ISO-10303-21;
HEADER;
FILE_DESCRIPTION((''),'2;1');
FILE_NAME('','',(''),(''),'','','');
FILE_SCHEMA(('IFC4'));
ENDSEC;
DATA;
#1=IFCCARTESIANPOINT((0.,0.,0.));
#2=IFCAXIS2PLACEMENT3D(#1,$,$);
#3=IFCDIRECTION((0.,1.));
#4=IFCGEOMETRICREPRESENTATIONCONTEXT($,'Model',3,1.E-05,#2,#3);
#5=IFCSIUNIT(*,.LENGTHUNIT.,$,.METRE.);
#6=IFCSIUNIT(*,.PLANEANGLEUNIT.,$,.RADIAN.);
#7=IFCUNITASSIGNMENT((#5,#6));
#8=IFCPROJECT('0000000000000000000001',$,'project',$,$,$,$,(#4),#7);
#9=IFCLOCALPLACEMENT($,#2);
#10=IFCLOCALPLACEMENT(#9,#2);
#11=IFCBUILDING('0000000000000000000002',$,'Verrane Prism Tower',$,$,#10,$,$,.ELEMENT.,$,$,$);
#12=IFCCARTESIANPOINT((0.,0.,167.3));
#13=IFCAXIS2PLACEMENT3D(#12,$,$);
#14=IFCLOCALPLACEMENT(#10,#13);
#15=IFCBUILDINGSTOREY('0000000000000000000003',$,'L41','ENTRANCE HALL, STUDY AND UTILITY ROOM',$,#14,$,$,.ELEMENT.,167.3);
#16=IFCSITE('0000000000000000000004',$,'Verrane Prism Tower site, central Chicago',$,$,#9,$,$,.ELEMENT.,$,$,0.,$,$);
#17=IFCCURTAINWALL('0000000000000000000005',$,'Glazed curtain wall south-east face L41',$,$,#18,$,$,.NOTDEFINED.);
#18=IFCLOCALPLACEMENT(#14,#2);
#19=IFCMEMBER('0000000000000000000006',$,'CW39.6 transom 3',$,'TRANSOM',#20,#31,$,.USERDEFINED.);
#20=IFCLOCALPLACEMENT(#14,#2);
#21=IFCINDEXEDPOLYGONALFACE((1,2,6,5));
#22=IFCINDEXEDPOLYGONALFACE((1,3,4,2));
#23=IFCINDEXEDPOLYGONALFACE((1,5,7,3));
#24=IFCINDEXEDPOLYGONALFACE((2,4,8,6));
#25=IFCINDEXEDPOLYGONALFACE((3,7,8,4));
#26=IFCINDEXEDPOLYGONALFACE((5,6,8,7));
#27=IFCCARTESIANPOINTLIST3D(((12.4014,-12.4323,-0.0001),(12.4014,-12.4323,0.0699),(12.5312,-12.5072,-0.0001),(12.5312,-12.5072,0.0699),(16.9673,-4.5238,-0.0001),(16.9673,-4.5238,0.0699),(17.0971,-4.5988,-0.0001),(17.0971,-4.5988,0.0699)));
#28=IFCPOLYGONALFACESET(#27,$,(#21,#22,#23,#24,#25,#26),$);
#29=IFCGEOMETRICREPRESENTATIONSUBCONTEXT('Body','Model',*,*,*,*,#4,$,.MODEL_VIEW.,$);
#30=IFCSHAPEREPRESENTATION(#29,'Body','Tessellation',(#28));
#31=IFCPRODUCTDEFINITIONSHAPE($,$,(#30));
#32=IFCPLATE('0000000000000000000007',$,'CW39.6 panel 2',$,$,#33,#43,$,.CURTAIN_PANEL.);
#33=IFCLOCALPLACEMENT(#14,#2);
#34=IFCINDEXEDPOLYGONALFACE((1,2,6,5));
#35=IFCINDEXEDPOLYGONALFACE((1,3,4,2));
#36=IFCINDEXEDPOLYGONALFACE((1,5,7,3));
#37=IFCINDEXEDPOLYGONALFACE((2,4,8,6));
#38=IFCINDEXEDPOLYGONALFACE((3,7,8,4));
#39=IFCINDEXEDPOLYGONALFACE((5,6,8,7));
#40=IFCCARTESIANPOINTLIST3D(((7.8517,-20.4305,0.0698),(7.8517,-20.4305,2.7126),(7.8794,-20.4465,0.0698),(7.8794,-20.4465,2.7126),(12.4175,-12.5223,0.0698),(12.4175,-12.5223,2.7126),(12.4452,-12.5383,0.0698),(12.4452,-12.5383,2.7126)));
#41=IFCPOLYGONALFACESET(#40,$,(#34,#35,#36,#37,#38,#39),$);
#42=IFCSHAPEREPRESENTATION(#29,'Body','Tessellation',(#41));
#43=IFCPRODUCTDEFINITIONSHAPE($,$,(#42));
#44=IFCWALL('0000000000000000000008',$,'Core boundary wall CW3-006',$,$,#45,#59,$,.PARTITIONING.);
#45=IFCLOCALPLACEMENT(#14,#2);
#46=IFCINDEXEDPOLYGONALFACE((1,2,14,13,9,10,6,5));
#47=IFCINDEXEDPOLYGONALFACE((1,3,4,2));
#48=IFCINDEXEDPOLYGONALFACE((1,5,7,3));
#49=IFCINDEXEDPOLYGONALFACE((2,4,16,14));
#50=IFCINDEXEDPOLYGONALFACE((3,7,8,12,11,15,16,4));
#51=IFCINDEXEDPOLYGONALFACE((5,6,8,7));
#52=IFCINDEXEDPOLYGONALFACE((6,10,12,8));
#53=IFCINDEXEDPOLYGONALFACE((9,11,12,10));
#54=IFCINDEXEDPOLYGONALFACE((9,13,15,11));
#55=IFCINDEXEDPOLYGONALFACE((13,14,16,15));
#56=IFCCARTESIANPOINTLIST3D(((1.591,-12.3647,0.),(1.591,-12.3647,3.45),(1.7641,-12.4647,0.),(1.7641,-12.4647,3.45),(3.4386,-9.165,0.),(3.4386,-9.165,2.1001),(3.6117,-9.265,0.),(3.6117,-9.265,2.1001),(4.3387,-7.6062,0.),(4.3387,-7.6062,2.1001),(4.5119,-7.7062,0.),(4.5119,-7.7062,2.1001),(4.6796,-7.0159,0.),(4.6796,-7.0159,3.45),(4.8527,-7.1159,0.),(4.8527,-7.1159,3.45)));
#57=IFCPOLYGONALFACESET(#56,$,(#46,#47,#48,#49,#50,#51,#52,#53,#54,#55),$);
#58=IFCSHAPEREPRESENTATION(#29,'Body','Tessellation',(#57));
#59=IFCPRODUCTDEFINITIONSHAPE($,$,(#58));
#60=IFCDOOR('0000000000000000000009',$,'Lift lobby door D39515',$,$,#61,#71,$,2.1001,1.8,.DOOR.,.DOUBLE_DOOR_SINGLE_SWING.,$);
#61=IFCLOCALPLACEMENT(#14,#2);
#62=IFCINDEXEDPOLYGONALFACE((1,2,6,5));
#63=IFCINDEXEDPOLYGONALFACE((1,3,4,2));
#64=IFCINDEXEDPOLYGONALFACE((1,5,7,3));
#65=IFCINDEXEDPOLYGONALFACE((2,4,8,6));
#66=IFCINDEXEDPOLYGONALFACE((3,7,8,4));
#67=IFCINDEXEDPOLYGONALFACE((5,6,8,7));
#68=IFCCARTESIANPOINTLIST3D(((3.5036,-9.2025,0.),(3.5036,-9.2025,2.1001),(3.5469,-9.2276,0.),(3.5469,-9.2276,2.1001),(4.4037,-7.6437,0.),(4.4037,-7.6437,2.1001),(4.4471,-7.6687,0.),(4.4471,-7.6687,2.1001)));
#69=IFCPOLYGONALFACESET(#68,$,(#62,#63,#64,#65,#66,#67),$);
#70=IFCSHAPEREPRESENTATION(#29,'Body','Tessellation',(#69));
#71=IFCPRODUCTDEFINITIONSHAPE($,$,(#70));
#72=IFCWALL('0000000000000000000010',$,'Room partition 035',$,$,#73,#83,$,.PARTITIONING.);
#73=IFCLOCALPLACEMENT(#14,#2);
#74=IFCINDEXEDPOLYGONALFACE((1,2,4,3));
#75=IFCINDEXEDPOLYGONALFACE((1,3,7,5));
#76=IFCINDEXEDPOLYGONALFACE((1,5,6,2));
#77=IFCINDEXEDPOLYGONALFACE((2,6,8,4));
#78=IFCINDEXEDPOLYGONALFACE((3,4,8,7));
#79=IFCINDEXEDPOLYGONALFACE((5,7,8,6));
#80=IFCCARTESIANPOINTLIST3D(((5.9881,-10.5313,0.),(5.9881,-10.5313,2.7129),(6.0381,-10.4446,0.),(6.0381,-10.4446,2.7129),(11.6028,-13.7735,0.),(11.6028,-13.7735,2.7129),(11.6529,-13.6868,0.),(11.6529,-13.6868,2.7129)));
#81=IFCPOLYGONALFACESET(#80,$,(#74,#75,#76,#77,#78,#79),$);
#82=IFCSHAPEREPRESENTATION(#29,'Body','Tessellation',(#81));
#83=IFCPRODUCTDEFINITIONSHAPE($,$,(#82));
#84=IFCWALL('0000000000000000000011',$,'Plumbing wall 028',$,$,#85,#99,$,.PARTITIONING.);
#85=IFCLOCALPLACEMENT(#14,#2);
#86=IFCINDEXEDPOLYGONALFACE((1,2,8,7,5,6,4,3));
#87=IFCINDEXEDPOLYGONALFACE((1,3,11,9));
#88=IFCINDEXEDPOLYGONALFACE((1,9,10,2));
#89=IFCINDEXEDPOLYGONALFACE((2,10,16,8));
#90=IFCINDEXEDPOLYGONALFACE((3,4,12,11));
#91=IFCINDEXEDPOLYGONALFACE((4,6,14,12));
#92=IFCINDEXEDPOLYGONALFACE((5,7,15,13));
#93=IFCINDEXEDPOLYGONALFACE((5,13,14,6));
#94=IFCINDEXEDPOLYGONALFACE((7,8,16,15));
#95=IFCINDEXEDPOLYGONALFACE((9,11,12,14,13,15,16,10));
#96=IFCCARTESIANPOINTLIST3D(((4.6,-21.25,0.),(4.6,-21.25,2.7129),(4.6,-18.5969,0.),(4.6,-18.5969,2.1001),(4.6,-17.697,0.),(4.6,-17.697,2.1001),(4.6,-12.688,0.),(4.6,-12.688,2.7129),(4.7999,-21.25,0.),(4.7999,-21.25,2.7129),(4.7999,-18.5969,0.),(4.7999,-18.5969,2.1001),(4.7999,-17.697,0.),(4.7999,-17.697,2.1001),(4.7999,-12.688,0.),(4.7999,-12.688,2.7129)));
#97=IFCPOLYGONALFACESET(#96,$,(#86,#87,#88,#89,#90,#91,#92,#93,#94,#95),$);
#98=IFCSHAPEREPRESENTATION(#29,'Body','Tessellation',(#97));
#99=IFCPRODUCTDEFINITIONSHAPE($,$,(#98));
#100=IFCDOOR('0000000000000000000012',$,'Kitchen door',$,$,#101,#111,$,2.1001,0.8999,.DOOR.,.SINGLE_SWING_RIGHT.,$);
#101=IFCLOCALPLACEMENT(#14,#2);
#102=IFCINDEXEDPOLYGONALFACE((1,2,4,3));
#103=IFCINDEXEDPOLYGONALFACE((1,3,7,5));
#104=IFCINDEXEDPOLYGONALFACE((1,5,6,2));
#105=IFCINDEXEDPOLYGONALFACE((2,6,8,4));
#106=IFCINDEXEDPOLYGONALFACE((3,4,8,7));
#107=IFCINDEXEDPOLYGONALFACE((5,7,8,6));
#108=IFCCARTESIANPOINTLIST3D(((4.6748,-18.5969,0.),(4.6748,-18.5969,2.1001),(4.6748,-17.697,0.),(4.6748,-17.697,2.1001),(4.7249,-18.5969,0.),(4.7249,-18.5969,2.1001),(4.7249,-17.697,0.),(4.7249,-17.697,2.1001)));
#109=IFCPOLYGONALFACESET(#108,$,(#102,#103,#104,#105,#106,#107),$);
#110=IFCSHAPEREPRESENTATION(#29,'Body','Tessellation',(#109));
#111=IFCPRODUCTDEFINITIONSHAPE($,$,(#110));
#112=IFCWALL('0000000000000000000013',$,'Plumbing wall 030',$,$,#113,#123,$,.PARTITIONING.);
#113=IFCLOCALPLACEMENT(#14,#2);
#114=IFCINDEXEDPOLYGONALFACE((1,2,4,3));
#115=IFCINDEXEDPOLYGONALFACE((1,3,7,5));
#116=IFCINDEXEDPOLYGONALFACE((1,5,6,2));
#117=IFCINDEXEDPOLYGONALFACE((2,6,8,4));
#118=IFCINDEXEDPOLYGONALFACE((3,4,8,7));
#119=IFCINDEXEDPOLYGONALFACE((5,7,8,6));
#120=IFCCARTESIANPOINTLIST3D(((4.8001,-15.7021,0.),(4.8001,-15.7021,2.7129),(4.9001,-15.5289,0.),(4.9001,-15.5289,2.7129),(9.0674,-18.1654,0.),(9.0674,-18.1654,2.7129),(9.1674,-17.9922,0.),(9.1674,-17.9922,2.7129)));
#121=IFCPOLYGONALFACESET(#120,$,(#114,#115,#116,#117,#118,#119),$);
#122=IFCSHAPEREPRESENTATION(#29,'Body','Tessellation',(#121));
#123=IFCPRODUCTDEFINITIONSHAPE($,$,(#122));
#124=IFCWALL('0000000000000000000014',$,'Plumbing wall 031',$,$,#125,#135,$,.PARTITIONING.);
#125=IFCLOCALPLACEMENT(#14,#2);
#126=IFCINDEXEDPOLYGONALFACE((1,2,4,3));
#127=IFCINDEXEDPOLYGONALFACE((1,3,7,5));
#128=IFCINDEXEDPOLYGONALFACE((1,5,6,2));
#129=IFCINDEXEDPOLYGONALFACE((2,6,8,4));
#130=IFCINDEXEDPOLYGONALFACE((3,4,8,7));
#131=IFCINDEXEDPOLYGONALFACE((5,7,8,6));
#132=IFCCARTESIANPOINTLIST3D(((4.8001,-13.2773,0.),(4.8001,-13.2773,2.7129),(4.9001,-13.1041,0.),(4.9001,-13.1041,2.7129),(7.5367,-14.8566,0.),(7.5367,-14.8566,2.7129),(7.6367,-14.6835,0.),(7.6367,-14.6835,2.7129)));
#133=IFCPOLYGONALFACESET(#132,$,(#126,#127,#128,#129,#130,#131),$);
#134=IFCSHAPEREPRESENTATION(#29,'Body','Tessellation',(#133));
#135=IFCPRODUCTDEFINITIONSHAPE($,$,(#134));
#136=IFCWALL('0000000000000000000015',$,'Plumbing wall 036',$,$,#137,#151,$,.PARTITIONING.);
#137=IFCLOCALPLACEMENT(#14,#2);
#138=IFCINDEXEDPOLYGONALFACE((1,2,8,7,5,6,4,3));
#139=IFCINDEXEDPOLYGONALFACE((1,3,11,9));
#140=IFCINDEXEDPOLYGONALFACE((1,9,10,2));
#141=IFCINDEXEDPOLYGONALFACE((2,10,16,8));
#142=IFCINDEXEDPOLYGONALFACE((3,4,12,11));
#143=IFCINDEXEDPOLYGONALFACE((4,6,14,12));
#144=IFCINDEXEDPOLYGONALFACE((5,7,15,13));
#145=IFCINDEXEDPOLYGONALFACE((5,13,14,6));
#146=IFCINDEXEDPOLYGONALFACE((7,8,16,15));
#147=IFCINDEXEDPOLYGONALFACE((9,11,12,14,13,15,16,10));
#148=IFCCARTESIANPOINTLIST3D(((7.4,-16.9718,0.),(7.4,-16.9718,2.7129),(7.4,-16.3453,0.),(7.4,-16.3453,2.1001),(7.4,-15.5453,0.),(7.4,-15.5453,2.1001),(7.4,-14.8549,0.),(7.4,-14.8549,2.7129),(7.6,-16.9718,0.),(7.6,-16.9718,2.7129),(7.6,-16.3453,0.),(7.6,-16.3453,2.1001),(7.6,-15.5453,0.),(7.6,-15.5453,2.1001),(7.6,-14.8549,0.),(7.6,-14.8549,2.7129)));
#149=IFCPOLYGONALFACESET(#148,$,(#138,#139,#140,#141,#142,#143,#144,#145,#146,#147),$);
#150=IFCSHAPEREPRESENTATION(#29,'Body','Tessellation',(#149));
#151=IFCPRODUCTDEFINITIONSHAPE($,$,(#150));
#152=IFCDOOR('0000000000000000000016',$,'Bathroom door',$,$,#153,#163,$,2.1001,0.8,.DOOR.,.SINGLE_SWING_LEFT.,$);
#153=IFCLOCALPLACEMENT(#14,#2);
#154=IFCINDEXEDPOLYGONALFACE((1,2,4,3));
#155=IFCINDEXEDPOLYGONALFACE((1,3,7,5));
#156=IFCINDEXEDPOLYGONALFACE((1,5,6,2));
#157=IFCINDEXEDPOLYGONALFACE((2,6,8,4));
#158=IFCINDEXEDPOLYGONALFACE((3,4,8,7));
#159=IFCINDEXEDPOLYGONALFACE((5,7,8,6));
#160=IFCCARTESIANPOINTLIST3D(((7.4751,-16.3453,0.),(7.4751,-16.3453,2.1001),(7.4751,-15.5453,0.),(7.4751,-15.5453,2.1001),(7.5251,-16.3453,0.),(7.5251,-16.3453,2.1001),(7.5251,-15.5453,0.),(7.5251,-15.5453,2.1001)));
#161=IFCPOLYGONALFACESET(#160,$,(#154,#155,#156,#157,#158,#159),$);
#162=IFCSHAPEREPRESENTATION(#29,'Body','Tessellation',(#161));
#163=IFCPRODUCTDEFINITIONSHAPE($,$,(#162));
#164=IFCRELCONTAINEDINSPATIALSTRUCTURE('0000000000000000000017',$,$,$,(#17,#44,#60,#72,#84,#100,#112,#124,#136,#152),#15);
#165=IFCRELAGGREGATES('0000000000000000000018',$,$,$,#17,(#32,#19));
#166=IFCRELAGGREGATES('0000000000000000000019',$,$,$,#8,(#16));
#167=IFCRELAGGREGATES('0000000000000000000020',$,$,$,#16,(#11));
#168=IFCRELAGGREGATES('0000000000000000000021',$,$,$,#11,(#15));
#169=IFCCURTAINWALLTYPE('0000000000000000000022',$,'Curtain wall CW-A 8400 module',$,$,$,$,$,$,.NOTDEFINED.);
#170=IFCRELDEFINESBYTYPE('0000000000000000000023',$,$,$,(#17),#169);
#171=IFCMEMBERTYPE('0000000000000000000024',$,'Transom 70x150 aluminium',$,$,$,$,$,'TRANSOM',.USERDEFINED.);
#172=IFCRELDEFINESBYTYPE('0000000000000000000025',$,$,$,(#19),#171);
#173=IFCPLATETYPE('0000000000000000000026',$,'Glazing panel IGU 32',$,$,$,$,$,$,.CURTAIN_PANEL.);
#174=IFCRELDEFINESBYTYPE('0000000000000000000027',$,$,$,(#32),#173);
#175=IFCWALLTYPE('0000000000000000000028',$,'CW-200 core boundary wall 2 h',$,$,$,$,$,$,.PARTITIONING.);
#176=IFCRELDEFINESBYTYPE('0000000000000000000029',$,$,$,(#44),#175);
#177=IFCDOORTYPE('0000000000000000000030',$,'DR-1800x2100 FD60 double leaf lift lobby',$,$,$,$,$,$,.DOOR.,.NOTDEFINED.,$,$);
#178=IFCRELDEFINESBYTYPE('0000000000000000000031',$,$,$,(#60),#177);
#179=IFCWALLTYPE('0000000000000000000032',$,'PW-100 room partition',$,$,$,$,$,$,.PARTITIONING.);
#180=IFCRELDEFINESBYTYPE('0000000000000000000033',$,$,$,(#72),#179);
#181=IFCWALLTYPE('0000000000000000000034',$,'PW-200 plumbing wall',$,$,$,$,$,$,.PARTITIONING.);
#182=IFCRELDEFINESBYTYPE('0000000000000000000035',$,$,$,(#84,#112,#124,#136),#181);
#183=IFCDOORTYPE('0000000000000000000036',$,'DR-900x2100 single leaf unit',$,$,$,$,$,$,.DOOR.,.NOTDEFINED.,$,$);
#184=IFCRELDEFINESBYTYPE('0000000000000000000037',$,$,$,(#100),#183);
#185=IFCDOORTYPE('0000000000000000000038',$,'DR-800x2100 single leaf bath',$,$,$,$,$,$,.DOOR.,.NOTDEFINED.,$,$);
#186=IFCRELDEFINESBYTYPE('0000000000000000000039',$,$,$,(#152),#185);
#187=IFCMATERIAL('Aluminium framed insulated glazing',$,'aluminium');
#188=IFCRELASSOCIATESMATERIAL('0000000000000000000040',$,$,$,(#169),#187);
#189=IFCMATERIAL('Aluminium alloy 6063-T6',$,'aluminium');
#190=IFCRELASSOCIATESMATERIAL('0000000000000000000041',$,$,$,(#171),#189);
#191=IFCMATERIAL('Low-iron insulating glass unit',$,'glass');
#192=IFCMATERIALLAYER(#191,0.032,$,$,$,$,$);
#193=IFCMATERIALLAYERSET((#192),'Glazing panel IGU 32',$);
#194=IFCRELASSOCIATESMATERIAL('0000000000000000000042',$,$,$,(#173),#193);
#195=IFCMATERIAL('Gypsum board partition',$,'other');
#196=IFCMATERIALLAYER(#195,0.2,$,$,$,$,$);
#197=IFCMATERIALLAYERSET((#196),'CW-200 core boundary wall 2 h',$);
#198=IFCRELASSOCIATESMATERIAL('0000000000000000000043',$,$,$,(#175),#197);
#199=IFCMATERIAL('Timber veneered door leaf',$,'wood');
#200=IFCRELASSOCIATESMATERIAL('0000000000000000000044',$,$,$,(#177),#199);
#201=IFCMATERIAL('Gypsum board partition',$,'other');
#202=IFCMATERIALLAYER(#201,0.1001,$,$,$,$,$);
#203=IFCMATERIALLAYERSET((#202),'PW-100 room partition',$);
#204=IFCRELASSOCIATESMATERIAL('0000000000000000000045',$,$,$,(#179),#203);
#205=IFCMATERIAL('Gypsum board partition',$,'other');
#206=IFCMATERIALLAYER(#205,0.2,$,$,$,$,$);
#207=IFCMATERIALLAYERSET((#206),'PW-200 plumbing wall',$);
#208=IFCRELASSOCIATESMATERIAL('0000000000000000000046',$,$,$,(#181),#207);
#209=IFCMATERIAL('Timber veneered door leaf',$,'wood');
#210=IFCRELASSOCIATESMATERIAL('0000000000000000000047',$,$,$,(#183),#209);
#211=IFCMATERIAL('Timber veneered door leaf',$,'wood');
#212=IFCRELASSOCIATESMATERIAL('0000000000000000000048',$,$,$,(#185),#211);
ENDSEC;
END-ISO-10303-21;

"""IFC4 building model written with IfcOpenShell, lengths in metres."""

from ifc_helpers import new_model, si_unit, direction, frame, frame_2d, origin, origin_2d, place, context, subcontext, project, spatial, rectangle, extrude, material, layer, layer_set, material_profile, profile_set, type_object, element, fill, aggregate, save


model = new_model("IFC4")

# Units and contexts
model_context = context("Model", 3, precision=1e-05, world=origin(), true_north=direction((0.0, 1.0)))
body_context = subcontext(model_context, "Body", "Model", "MODEL_VIEW")
ifc_project = project(units=[si_unit("LENGTHUNIT", "METRE"), si_unit("PLANEANGLEUNIT", "RADIAN")], contexts=[model_context])

# Site, building, storey
site_placement = place(None, origin())
site = spatial("IfcSite", under=ifc_project, at=site_placement, Name="Verrane Prism Tower site, central Chicago", CompositionType="ELEMENT", RefElevation=0.0)
building_placement = place(site_placement, origin())
building = spatial("IfcBuilding", under=site, at=building_placement, Name="Verrane Prism Tower", CompositionType="ELEMENT")
storey_placement = place(building_placement, frame((0.0, 0.0, 167.3)))
storey = spatial("IfcBuildingStorey", under=building, at=storey_placement, Name="L41", Description="ENTRANCE HALL, STUDY AND UTILITY ROOM", CompositionType="ELEMENT", Elevation=167.3)

# Curtain wall
ifc_material_1 = material(Name="Aluminium framed insulated glazing", Category="aluminium")
curtain_wall_type = type_object("IfcCurtainWallType", Name="Curtain wall CW-A 8400 module", PredefinedType="NOTDEFINED", material=ifc_material_1)
curtain_wall_placement = place(storey_placement, origin())
curtain_wall = element("IfcCurtainWall", 1, at=curtain_wall_placement, inside=storey, type_object=curtain_wall_type, Name="Glazed curtain wall south-east face L41", PredefinedType="NOTDEFINED")

# Member
ifc_material_2 = material(Name="Aluminium alloy 6063-T6", Category="aluminium")
ifc_material_profile_1 = material_profile(ifc_material_2, rectangle(XDim=0.1499, YDim=0.0701, at=origin_2d()), Name="Transom 70x150 aluminium")
ifc_profile_set_1 = profile_set([ifc_material_profile_1], Name="Aluminium alloy 6063-T6")
member_type_1 = type_object("IfcMemberType", Name="Transom 70x150 aluminium", ElementType="TRANSOM", PredefinedType="USERDEFINED", material=ifc_profile_set_1)
member_1_placement = place(storey_placement, frame((12.4663, -12.4697, 0.0349), z_axis=(0.499998, 0.866027, 0.0), x_axis=(-0.866027, 0.499998, 0.0)))
member_1 = element("IfcMember", 2, at=member_1_placement, type_object=member_type_1, Name="CW39.6 transom 3", ObjectType="TRANSOM", PredefinedType="USERDEFINED", context=body_context, shape_type="SweptSolid", body=[
    extrude(rectangle(XDim=0.1499, YDim=0.0701, at=origin_2d()), origin(), (0.0, 0.0, 1.0), 9.1318),
])

# Plate
ifc_material_3 = material(Name="Low-iron insulating glass unit", Category="glass")
ifc_layer_1 = layer(ifc_material_3, 0.032)
ifc_layer_set_1 = layer_set([ifc_layer_1], Name="Glazing panel IGU 32")
plate_type = type_object("IfcPlateType", Name="Glazing panel IGU 32", PredefinedType="CURTAIN_PANEL", material=ifc_layer_set_1)
plate_placement = place(storey_placement, frame((10.1484, -16.4844, 0.0698), z_axis=(0.0, 0.0, 1.0), x_axis=(0.499999, 0.866026, 0.0)))
plate = element("IfcPlate", 3, at=plate_placement, type_object=plate_type, Name="CW39.6 panel 2", PredefinedType="CURTAIN_PANEL", context=body_context, shape_type="SweptSolid", body=[
    extrude(rectangle(XDim=9.1316, YDim=0.032, at=origin_2d()), origin(), (0.0, 0.0, 1.0), 2.6428),
])
aggregate(curtain_wall, [plate, member_1])

# Wall, opening, door
ifc_material_4 = material(Name="Gypsum board partition", Category="other")
ifc_layer_2 = layer(ifc_material_4, 0.2)
ifc_layer_set_2 = layer_set([ifc_layer_2], Name="CW-200 core boundary wall 2 h")
wall_type_1 = type_object("IfcWallType", Name="CW-200 core boundary wall 2 h", PredefinedType="PARTITIONING", material=ifc_layer_set_2)
wall_1_placement = place(storey_placement, frame((1.6775, -12.4148, 0.0), z_axis=(0.0, 0.0, 1.0), x_axis=(0.500054, 0.865994, 0.0)))
wall_1 = element("IfcWall", 4, at=wall_1_placement, inside=storey, type_object=wall_type_1, Name="Core boundary wall CW3-006", PredefinedType="PARTITIONING", context=body_context, shape_type="SweptSolid", body=[
    extrude(rectangle(XDim=6.1765, YDim=0.2, at=frame_2d((3.0884, 0.0))), origin(), (0.0, 0.0, 1.0), 3.45),
])
opening_1_placement = place(wall_1_placement, frame((3.6951, 0.0, 0.0)))
opening_1 = element("IfcOpeningElement", 5, at=opening_1_placement, cuts=wall_1, PredefinedType="OPENING", context=body_context, shape_type="SweptSolid", body=[
    extrude(rectangle(XDim=1.8, YDim=2.1001, at=frame_2d((0.8999, 1.05))), frame((0.0, 0.1099, 0.0), z_axis=(0.0, -1.0, 0.0), x_axis=(1.0, 0.0, 0.0)), (0.0, 0.0, 1.0), 0.22),
])
ifc_material_5 = material(Name="Timber veneered door leaf", Category="wood")
door_type_1 = type_object("IfcDoorType", Name="DR-1800x2100 FD60 double leaf lift lobby", OperationType="NOTDEFINED", PredefinedType="DOOR", material=ifc_material_5)
door_1_placement = place(opening_1_placement, origin())
door_1 = element("IfcDoor", 6, at=door_1_placement, inside=storey, type_object=door_type_1, Name="Lift lobby door D39515", OperationType="DOUBLE_DOOR_SINGLE_SWING", OverallHeight=2.1001, OverallWidth=1.8, PredefinedType="DOOR", context=body_context, shape_type="SweptSolid", body=[
    extrude(rectangle(XDim=1.8, YDim=2.1001, at=frame_2d((0.8999, 1.05))), frame((0.0, 0.0249, 0.0), z_axis=(0.0, -1.0, 0.0), x_axis=(1.0, 0.0, 0.0)), (0.0, 0.0, 1.0), 0.05),
])
fill(opening_1, door_1)

# Wall
ifc_material_6 = material(Name="Gypsum board partition", Category="other")
ifc_layer_3 = layer(ifc_material_6, 0.1001)
ifc_layer_set_3 = layer_set([ifc_layer_3], Name="PW-100 room partition")
wall_type_2 = type_object("IfcWallType", Name="PW-100 room partition", PredefinedType="PARTITIONING", material=ifc_layer_set_3)
wall_2_placement = place(storey_placement, frame((6.0132, -10.488, 0.0), z_axis=(0.0, 0.0, 1.0), x_axis=(0.865991, -0.500059, 0.0)))
element("IfcWall", 7, at=wall_2_placement, inside=storey, type_object=wall_type_2, Name="Room partition 035", PredefinedType="PARTITIONING", context=body_context, shape_type="SweptSolid", body=[
    extrude(rectangle(XDim=6.4836, YDim=0.1001, at=frame_2d((3.2417, 0.0))), origin(), (0.0, 0.0, 1.0), 2.7129),
])

# Wall, opening, door
ifc_material_7 = material(Name="Gypsum board partition", Category="other")
ifc_layer_4 = layer(ifc_material_7, 0.2)
ifc_layer_set_4 = layer_set([ifc_layer_4], Name="PW-200 plumbing wall")
wall_type_3 = type_object("IfcWallType", Name="PW-200 plumbing wall", PredefinedType="PARTITIONING", material=ifc_layer_set_4)
wall_3_placement = place(storey_placement, frame((4.7, -12.688, 0.0), z_axis=(0.0, 0.0, 1.0), x_axis=(0.0, -1.0, 0.0)))
wall_3 = element("IfcWall", 8, at=wall_3_placement, inside=storey, type_object=wall_type_3, Name="Plumbing wall 028", PredefinedType="PARTITIONING", context=body_context, shape_type="SweptSolid", body=[
    extrude(rectangle(XDim=8.562, YDim=0.2, at=frame_2d((4.281, 0.0))), origin(), (0.0, 0.0, 1.0), 2.7129),
])
opening_2_placement = place(wall_3_placement, frame((5.009, 0.0, 0.0)))
opening_2 = element("IfcOpeningElement", 9, at=opening_2_placement, cuts=wall_3, PredefinedType="OPENING", context=body_context, shape_type="SweptSolid", body=[
    extrude(rectangle(XDim=0.8999, YDim=2.1001, at=frame_2d((0.45, 1.05))), frame((0.0, 0.1099, 0.0), z_axis=(0.0, -1.0, 0.0), x_axis=(1.0, 0.0, 0.0)), (0.0, 0.0, 1.0), 0.22),
])
ifc_material_8 = material(Name="Timber veneered door leaf", Category="wood")
door_type_2 = type_object("IfcDoorType", Name="DR-900x2100 single leaf unit", OperationType="NOTDEFINED", PredefinedType="DOOR", material=ifc_material_8)
door_2_placement = place(opening_2_placement, origin())
door_2 = element("IfcDoor", 10, at=door_2_placement, inside=storey, type_object=door_type_2, Name="Kitchen door", OperationType="SINGLE_SWING_RIGHT", OverallHeight=2.1001, OverallWidth=0.8999, PredefinedType="DOOR", context=body_context, shape_type="SweptSolid", body=[
    extrude(rectangle(XDim=0.8999, YDim=2.1001, at=frame_2d((0.45, 1.05))), frame((0.0, 0.0249, 0.0), z_axis=(0.0, -1.0, 0.0), x_axis=(1.0, 0.0, 0.0)), (0.0, 0.0, 1.0), 0.05),
])
fill(opening_2, door_2)

# Walls
wall_4_placement = place(storey_placement, frame((4.8501, -15.6155, 0.0), z_axis=(0.0, 0.0, 1.0), x_axis=(0.866058, -0.499944, 0.0)))
element("IfcWall", 11, at=wall_4_placement, inside=storey, type_object=wall_type_3, Name="Plumbing wall 030", PredefinedType="PARTITIONING", context=body_context, shape_type="SweptSolid", body=[
    extrude(rectangle(XDim=4.9272, YDim=0.2, at=frame_2d((2.4636, 0.0))), origin(), (0.0, 0.0, 1.0), 2.7129),
])
wall_5_placement = place(storey_placement, frame((4.8501, -13.1907, 0.0), z_axis=(0.0, 0.0, 1.0), x_axis=(0.86611, -0.499854, 0.0)))
element("IfcWall", 12, at=wall_5_placement, inside=storey, type_object=wall_type_3, Name="Plumbing wall 031", PredefinedType="PARTITIONING", context=body_context, shape_type="SweptSolid", body=[
    extrude(rectangle(XDim=3.1597, YDim=0.2, at=frame_2d((1.5798, 0.0))), origin(), (0.0, 0.0, 1.0), 2.7129),
])

# Wall, opening, door
wall_6_placement = place(storey_placement, frame((7.5, -16.9719, 0.0), z_axis=(0.0, 0.0, 1.0), x_axis=(0.0, 1.0, 0.0)))
wall_6 = element("IfcWall", 13, at=wall_6_placement, inside=storey, type_object=wall_type_3, Name="Plumbing wall 036", PredefinedType="PARTITIONING", context=body_context, shape_type="SweptSolid", body=[
    extrude(rectangle(XDim=2.1169, YDim=0.2, at=frame_2d((1.0586, 0.0))), origin(), (0.0, 0.0, 1.0), 2.7129),
])
opening_3_placement = place(wall_6_placement, frame((0.6267, 0.0, 0.0)))
opening_3 = element("IfcOpeningElement", 14, at=opening_3_placement, cuts=wall_6, PredefinedType="OPENING", context=body_context, shape_type="SweptSolid", body=[
    extrude(rectangle(XDim=0.8, YDim=2.1001, at=frame_2d((0.3999, 1.05))), frame((0.0, 0.1099, 0.0), z_axis=(0.0, -1.0, 0.0), x_axis=(1.0, 0.0, 0.0)), (0.0, 0.0, 1.0), 0.22),
])
ifc_material_9 = material(Name="Timber veneered door leaf", Category="wood")
door_type_3 = type_object("IfcDoorType", Name="DR-800x2100 single leaf bath", OperationType="NOTDEFINED", PredefinedType="DOOR", material=ifc_material_9)
door_3_placement = place(opening_3_placement, origin())
door_3 = element("IfcDoor", 15, at=door_3_placement, inside=storey, type_object=door_type_3, Name="Bathroom door", OperationType="SINGLE_SWING_LEFT", OverallHeight=2.1001, OverallWidth=0.8, PredefinedType="DOOR", context=body_context, shape_type="SweptSolid", body=[
    extrude(rectangle(XDim=0.8, YDim=2.1001, at=frame_2d((0.3999, 1.05))), frame((0.0, 0.0249, 0.0), z_axis=(0.0, -1.0, 0.0), x_axis=(1.0, 0.0, 0.0)), (0.0, 0.0, 1.0), 0.05),
])
fill(opening_3, door_3)

save(model, "model.ifc")
